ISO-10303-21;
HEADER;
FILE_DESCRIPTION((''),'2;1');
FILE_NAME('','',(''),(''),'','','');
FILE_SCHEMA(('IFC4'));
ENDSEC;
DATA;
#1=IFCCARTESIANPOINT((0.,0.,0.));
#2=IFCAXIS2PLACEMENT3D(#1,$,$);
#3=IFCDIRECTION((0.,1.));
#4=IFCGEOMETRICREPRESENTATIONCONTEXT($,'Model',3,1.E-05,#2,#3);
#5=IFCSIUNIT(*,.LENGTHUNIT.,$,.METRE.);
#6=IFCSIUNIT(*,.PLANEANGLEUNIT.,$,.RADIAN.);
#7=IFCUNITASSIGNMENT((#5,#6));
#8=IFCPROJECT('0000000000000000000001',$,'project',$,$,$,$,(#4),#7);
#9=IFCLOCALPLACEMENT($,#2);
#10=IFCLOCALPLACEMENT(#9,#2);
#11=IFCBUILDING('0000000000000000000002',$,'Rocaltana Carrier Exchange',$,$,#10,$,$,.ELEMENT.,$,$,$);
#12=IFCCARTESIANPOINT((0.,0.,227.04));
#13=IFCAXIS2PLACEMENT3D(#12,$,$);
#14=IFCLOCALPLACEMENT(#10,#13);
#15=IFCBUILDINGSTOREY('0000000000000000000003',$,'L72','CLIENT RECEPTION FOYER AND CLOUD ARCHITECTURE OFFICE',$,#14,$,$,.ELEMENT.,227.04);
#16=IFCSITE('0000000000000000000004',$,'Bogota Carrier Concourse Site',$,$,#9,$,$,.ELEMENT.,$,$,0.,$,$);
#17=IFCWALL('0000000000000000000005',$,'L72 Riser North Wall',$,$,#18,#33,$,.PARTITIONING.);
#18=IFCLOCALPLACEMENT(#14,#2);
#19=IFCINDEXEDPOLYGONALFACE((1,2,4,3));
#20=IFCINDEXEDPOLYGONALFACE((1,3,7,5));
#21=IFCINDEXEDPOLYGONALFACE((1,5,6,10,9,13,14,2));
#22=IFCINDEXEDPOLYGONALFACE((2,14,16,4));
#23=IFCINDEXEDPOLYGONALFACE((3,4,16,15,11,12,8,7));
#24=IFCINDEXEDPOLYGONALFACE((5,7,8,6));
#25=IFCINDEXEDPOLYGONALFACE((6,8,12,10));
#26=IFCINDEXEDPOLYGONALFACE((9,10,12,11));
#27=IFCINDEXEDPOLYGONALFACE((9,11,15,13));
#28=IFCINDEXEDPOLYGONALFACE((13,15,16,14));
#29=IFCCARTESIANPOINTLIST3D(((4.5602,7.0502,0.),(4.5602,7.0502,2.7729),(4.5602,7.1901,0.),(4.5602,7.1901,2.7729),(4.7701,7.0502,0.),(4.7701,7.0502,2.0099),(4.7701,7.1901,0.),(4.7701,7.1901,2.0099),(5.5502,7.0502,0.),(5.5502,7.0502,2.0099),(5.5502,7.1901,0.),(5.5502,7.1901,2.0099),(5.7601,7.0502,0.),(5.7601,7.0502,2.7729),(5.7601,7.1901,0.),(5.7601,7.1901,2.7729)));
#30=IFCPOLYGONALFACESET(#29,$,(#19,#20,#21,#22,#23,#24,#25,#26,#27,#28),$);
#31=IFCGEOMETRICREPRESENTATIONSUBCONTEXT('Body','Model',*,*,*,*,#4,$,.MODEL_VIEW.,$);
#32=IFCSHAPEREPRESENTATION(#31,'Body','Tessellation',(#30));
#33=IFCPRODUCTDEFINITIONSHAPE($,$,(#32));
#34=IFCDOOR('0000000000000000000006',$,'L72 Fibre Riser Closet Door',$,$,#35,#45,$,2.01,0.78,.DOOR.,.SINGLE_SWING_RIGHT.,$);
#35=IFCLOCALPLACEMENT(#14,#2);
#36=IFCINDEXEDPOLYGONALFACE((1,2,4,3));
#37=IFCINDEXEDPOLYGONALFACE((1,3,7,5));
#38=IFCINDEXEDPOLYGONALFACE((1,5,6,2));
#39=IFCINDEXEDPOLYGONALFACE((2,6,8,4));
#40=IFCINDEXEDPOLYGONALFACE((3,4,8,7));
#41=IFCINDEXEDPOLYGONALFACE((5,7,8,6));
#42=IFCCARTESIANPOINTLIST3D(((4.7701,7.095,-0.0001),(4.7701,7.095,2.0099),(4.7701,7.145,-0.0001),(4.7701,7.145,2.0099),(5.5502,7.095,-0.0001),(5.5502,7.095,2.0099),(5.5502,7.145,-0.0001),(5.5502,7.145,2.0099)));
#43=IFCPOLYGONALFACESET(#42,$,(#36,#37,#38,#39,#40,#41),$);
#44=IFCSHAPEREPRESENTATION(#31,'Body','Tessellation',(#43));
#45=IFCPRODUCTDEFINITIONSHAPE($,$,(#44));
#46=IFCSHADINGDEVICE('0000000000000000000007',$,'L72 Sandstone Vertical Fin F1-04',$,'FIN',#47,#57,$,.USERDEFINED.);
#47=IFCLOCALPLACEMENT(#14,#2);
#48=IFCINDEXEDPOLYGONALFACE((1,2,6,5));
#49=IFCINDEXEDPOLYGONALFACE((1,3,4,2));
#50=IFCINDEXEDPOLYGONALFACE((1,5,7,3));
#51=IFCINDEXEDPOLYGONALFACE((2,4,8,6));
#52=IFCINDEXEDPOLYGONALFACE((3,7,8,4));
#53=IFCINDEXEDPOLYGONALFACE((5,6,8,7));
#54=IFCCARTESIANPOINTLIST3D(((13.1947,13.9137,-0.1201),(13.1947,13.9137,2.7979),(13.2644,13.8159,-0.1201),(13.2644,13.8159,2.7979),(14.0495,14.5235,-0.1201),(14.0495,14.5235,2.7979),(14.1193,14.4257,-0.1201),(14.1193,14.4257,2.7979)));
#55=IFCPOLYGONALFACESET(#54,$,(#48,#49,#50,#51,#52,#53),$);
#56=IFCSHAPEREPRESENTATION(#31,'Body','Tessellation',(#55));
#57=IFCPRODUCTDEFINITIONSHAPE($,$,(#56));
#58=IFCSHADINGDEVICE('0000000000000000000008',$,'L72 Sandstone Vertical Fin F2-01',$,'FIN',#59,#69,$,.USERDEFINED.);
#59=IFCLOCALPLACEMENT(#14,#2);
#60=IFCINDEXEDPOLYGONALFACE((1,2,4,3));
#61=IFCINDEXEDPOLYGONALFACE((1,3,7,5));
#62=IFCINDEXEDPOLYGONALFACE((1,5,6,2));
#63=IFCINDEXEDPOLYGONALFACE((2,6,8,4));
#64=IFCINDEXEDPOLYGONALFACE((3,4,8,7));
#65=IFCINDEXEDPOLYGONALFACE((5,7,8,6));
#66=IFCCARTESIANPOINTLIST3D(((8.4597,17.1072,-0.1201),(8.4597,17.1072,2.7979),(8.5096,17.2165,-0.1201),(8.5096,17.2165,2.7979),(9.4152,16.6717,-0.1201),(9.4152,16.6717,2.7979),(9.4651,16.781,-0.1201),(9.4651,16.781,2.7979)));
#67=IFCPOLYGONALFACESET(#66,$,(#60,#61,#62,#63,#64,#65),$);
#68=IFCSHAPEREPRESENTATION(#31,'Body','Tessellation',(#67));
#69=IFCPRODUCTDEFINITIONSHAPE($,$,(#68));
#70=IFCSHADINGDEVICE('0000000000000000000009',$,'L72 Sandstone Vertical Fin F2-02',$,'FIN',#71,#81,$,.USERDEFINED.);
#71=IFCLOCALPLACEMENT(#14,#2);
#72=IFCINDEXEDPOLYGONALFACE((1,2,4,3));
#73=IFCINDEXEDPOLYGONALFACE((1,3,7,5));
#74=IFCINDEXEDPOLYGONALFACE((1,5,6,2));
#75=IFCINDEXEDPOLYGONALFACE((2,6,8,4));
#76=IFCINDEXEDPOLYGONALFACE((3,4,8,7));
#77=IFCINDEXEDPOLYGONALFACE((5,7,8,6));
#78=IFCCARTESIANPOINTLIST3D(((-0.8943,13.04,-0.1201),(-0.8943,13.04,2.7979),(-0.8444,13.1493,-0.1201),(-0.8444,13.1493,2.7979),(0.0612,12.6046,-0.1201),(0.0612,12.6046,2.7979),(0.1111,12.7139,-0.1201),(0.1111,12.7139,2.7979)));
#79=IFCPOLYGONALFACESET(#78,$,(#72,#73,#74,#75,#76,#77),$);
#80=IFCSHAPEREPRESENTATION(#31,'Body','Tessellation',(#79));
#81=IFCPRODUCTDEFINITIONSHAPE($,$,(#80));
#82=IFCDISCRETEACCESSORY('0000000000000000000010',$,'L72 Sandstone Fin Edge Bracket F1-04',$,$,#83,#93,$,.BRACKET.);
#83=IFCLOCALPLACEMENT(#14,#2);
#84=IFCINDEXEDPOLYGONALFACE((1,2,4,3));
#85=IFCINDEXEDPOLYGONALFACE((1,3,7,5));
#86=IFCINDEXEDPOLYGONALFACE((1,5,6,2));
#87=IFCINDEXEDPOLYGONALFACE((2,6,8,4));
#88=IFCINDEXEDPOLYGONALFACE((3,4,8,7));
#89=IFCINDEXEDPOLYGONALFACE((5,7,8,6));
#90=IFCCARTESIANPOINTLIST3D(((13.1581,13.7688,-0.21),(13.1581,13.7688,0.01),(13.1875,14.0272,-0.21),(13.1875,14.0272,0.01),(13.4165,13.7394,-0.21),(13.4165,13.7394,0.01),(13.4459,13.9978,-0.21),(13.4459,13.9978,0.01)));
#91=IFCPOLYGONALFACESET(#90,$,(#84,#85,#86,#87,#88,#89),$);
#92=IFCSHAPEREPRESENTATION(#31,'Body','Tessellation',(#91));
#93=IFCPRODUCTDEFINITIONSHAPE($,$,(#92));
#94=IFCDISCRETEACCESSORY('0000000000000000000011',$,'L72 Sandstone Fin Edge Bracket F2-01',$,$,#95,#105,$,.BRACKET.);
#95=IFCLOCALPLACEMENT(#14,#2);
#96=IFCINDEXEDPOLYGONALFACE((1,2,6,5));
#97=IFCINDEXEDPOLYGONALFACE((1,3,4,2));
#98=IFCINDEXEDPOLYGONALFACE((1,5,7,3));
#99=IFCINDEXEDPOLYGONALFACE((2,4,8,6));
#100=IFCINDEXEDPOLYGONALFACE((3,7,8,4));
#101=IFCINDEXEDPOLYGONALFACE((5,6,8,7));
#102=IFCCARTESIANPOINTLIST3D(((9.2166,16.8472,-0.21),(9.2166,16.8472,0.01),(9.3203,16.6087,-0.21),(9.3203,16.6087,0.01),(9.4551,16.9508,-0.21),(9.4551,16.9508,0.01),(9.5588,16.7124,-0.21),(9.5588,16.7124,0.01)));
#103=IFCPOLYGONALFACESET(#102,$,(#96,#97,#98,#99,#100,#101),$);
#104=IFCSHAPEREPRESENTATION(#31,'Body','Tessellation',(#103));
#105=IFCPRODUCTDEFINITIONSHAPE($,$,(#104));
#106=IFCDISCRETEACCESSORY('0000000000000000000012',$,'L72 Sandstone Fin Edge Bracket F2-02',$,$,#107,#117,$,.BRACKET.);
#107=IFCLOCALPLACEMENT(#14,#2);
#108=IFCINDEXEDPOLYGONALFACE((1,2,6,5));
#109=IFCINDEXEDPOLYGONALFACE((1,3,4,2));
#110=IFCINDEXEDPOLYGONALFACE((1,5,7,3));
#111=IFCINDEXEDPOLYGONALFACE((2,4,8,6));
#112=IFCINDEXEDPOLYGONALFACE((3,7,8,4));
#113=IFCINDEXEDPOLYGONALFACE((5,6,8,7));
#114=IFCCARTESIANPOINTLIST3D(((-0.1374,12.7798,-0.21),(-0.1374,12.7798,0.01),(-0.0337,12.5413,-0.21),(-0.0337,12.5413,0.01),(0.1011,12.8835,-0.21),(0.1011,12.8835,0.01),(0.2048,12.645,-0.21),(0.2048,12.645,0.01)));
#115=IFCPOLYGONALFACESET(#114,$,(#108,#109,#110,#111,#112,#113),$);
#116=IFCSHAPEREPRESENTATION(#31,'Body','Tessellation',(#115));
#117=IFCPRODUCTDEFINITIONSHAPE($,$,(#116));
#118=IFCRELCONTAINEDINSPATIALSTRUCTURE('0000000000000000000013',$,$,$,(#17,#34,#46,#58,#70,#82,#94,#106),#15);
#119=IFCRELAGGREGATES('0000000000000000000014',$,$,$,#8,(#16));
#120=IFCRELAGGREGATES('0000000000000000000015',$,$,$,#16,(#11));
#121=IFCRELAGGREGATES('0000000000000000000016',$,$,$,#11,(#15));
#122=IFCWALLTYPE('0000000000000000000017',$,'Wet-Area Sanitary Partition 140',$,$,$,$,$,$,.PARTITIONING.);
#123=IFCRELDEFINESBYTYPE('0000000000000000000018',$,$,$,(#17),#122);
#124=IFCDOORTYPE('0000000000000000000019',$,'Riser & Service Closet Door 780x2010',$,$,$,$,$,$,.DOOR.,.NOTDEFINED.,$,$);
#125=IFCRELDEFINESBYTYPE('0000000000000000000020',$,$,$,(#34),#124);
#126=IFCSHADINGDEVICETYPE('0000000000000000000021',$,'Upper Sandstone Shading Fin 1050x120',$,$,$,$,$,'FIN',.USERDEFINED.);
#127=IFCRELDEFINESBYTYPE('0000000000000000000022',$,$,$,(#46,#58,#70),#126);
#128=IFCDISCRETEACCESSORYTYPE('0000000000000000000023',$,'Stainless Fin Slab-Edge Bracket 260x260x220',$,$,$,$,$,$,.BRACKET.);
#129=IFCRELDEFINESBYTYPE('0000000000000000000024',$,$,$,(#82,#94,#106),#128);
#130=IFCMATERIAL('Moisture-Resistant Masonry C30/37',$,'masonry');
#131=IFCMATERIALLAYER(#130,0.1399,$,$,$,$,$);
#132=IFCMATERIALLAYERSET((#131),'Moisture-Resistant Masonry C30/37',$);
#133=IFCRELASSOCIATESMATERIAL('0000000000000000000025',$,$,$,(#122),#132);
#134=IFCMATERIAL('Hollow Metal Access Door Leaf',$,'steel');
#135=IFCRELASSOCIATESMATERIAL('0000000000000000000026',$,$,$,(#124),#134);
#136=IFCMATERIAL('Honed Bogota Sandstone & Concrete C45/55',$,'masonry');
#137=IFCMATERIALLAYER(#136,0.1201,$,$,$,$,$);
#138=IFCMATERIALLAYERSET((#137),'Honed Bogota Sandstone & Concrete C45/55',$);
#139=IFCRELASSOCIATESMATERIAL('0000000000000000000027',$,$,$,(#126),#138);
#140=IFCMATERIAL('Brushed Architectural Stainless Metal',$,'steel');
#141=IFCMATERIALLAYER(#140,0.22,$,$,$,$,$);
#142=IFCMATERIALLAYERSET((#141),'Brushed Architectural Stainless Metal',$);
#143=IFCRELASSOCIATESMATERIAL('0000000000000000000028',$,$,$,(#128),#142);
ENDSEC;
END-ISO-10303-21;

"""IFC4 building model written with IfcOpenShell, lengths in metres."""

from ifc_helpers import new_model, si_unit, direction, frame, frame_2d, origin, origin_2d, place, context, subcontext, project, spatial, rectangle, extrude, material, layer, layer_set, type_object, element, fill, save


model = new_model("IFC4")

# Units and contexts
model_context = context("Model", 3, precision=1e-05, world=origin(), true_north=direction((0.0, 1.0)))
body_context = subcontext(model_context, "Body", "Model", "MODEL_VIEW")
ifc_project = project(units=[si_unit("LENGTHUNIT", "METRE"), si_unit("PLANEANGLEUNIT", "RADIAN")], contexts=[model_context])

# Site, building, storey
site_placement = place(None, origin())
site = spatial("IfcSite", under=ifc_project, at=site_placement, Name="Bogota Carrier Concourse Site", CompositionType="ELEMENT", RefElevation=0.0)
building_placement = place(site_placement, origin())
building = spatial("IfcBuilding", under=site, at=building_placement, Name="Rocaltana Carrier Exchange", CompositionType="ELEMENT")
storey_placement = place(building_placement, frame((0.0, 0.0, 227.04)))
storey = spatial("IfcBuildingStorey", under=building, at=storey_placement, Name="L72", Description="CLIENT RECEPTION FOYER AND CLOUD ARCHITECTURE OFFICE", CompositionType="ELEMENT", Elevation=227.04)

# Wall, opening, door
ifc_material_1 = material(Name="Moisture-Resistant Masonry C30/37", Category="masonry")
ifc_layer_1 = layer(ifc_material_1, 0.1399)
ifc_layer_set_1 = layer_set([ifc_layer_1], Name="Moisture-Resistant Masonry C30/37")
wall_type_1 = type_object("IfcWallType", Name="Wet-Area Sanitary Partition 140", PredefinedType="PARTITIONING", material=ifc_layer_set_1)
wall_1_placement = place(storey_placement, frame((4.5601, 7.1201, 0.0), z_axis=(0.0, 0.0, 1.0), x_axis=(1.0, 0.0, 0.0)))
wall_1 = element("IfcWall", 1, at=wall_1_placement, inside=storey, type_object=wall_type_1, Name="L72 Riser North Wall", PredefinedType="PARTITIONING", context=body_context, shape_type="SweptSolid", body=[
    extrude(rectangle(XDim=1.2, YDim=0.1399, at=frame_2d((0.6001, 0.0))), origin(), (0.0, 0.0, 1.0), 2.7729),
])
opening_1_placement = place(wall_1_placement, frame((0.21, 0.0, 0.0)))
opening_1 = element("IfcOpeningElement", 2, at=opening_1_placement, cuts=wall_1, PredefinedType="OPENING", context=body_context, shape_type="SweptSolid", body=[
    extrude(rectangle(XDim=0.78, YDim=2.01, at=frame_2d((0.3901, 1.0049))), frame((0.0, 0.0798, 0.0), z_axis=(0.0, -1.0, 0.0), x_axis=(1.0, 0.0, 0.0)), (0.0, 0.0, 1.0), 0.1599),
])
ifc_material_2 = material(Name="Hollow Metal Access Door Leaf", Category="steel")
door_type_1 = type_object("IfcDoorType", Name="Riser & Service Closet Door 780x2010", OperationType="NOTDEFINED", PredefinedType="DOOR", material=ifc_material_2)
door_1_placement = place(opening_1_placement, origin())
door_1 = element("IfcDoor", 3, at=door_1_placement, inside=storey, type_object=door_type_1, Name="L72 Fibre Riser Closet Door", OperationType="SINGLE_SWING_RIGHT", OverallHeight=2.01, OverallWidth=0.78, PredefinedType="DOOR", context=body_context, shape_type="SweptSolid", body=[
    extrude(rectangle(XDim=0.78, YDim=2.01, at=frame_2d((0.3901, 1.0049))), frame((0.0, 0.0249, 0.0), z_axis=(0.0, -1.0, 0.0), x_axis=(1.0, 0.0, 0.0)), (0.0, 0.0, 1.0), 0.05),
])
fill(opening_1, door_1)

# Shading devices
ifc_material_3 = material(Name="Honed Bogota Sandstone & Concrete C45/55", Category="masonry")
ifc_layer_2 = layer(ifc_material_3, 0.1201)
ifc_layer_set_2 = layer_set([ifc_layer_2], Name="Honed Bogota Sandstone & Concrete C45/55")
shading_device_type = type_object("IfcShadingDeviceType", Name="Upper Sandstone Shading Fin 1050x120", ElementType="FIN", PredefinedType="USERDEFINED", material=ifc_layer_set_2)
for number, where, z_axis, x_axis, name in (
    (4, (13.657, 14.1697, -0.1201), (0.0, 0.0, 1.0), (0.814116, 0.580703, 0.0), "L72 Sandstone Vertical Fin F1-04"),
    (5, (8.9624, 16.9441, -0.1201), (0.0, 0.0, 1.0), (-0.909961, 0.414693, 0.0), "L72 Sandstone Vertical Fin F2-01"),
    (6, (-0.3916, 12.877, -0.1201), (0.0, 0.0, 1.0), (-0.909961, 0.414693, 0.0), "L72 Sandstone Vertical Fin F2-02"),
):
    element("IfcShadingDevice", number, at=place(storey_placement, frame(where, z_axis=z_axis, x_axis=x_axis)), inside=storey, type_object=shading_device_type, Name=name, ObjectType="FIN", PredefinedType="USERDEFINED", context=body_context, shape_type="SweptSolid", body=[
        extrude(rectangle(XDim=1.05, YDim=0.1201, at=origin_2d()), origin(), (0.0, 0.0, 1.0), 2.918),
    ])

# Discrete accessories
ifc_material_4 = material(Name="Brushed Architectural Stainless Metal", Category="steel")
ifc_layer_3 = layer(ifc_material_4, 0.22)
ifc_layer_set_3 = layer_set([ifc_layer_3], Name="Brushed Architectural Stainless Metal")
discrete_accessory_type = type_object("IfcDiscreteAccessoryType", Name="Stainless Fin Slab-Edge Bracket 260x260x220", PredefinedType="BRACKET", material=ifc_layer_set_3)
for number, where, z_axis, x_axis, name in (
    (7, (13.302, 13.8833, -0.21), (0.0, 0.0, 1.0), (0.113203, 0.993572, 0.0), "L72 Sandstone Fin Edge Bracket F1-04"),
    (8, (9.3877, 16.7798, -0.21), (0.0, 0.0, 1.0), (-0.91706, -0.398749, 0.0), "L72 Sandstone Fin Edge Bracket F2-01"),
    (9, (0.0337, 12.7124, -0.21), (0.0, 0.0, 1.0), (-0.91706, -0.398749, 0.0), "L72 Sandstone Fin Edge Bracket F2-02"),
):
    element("IfcDiscreteAccessory", number, at=place(storey_placement, frame(where, z_axis=z_axis, x_axis=x_axis)), inside=storey, type_object=discrete_accessory_type, Name=name, PredefinedType="BRACKET", context=body_context, shape_type="SweptSolid", body=[
        extrude(rectangle(XDim=0.26, YDim=0.26, at=origin_2d()), origin(), (0.0, 0.0, 1.0), 0.22),
    ])

save(model, "model.ifc")
